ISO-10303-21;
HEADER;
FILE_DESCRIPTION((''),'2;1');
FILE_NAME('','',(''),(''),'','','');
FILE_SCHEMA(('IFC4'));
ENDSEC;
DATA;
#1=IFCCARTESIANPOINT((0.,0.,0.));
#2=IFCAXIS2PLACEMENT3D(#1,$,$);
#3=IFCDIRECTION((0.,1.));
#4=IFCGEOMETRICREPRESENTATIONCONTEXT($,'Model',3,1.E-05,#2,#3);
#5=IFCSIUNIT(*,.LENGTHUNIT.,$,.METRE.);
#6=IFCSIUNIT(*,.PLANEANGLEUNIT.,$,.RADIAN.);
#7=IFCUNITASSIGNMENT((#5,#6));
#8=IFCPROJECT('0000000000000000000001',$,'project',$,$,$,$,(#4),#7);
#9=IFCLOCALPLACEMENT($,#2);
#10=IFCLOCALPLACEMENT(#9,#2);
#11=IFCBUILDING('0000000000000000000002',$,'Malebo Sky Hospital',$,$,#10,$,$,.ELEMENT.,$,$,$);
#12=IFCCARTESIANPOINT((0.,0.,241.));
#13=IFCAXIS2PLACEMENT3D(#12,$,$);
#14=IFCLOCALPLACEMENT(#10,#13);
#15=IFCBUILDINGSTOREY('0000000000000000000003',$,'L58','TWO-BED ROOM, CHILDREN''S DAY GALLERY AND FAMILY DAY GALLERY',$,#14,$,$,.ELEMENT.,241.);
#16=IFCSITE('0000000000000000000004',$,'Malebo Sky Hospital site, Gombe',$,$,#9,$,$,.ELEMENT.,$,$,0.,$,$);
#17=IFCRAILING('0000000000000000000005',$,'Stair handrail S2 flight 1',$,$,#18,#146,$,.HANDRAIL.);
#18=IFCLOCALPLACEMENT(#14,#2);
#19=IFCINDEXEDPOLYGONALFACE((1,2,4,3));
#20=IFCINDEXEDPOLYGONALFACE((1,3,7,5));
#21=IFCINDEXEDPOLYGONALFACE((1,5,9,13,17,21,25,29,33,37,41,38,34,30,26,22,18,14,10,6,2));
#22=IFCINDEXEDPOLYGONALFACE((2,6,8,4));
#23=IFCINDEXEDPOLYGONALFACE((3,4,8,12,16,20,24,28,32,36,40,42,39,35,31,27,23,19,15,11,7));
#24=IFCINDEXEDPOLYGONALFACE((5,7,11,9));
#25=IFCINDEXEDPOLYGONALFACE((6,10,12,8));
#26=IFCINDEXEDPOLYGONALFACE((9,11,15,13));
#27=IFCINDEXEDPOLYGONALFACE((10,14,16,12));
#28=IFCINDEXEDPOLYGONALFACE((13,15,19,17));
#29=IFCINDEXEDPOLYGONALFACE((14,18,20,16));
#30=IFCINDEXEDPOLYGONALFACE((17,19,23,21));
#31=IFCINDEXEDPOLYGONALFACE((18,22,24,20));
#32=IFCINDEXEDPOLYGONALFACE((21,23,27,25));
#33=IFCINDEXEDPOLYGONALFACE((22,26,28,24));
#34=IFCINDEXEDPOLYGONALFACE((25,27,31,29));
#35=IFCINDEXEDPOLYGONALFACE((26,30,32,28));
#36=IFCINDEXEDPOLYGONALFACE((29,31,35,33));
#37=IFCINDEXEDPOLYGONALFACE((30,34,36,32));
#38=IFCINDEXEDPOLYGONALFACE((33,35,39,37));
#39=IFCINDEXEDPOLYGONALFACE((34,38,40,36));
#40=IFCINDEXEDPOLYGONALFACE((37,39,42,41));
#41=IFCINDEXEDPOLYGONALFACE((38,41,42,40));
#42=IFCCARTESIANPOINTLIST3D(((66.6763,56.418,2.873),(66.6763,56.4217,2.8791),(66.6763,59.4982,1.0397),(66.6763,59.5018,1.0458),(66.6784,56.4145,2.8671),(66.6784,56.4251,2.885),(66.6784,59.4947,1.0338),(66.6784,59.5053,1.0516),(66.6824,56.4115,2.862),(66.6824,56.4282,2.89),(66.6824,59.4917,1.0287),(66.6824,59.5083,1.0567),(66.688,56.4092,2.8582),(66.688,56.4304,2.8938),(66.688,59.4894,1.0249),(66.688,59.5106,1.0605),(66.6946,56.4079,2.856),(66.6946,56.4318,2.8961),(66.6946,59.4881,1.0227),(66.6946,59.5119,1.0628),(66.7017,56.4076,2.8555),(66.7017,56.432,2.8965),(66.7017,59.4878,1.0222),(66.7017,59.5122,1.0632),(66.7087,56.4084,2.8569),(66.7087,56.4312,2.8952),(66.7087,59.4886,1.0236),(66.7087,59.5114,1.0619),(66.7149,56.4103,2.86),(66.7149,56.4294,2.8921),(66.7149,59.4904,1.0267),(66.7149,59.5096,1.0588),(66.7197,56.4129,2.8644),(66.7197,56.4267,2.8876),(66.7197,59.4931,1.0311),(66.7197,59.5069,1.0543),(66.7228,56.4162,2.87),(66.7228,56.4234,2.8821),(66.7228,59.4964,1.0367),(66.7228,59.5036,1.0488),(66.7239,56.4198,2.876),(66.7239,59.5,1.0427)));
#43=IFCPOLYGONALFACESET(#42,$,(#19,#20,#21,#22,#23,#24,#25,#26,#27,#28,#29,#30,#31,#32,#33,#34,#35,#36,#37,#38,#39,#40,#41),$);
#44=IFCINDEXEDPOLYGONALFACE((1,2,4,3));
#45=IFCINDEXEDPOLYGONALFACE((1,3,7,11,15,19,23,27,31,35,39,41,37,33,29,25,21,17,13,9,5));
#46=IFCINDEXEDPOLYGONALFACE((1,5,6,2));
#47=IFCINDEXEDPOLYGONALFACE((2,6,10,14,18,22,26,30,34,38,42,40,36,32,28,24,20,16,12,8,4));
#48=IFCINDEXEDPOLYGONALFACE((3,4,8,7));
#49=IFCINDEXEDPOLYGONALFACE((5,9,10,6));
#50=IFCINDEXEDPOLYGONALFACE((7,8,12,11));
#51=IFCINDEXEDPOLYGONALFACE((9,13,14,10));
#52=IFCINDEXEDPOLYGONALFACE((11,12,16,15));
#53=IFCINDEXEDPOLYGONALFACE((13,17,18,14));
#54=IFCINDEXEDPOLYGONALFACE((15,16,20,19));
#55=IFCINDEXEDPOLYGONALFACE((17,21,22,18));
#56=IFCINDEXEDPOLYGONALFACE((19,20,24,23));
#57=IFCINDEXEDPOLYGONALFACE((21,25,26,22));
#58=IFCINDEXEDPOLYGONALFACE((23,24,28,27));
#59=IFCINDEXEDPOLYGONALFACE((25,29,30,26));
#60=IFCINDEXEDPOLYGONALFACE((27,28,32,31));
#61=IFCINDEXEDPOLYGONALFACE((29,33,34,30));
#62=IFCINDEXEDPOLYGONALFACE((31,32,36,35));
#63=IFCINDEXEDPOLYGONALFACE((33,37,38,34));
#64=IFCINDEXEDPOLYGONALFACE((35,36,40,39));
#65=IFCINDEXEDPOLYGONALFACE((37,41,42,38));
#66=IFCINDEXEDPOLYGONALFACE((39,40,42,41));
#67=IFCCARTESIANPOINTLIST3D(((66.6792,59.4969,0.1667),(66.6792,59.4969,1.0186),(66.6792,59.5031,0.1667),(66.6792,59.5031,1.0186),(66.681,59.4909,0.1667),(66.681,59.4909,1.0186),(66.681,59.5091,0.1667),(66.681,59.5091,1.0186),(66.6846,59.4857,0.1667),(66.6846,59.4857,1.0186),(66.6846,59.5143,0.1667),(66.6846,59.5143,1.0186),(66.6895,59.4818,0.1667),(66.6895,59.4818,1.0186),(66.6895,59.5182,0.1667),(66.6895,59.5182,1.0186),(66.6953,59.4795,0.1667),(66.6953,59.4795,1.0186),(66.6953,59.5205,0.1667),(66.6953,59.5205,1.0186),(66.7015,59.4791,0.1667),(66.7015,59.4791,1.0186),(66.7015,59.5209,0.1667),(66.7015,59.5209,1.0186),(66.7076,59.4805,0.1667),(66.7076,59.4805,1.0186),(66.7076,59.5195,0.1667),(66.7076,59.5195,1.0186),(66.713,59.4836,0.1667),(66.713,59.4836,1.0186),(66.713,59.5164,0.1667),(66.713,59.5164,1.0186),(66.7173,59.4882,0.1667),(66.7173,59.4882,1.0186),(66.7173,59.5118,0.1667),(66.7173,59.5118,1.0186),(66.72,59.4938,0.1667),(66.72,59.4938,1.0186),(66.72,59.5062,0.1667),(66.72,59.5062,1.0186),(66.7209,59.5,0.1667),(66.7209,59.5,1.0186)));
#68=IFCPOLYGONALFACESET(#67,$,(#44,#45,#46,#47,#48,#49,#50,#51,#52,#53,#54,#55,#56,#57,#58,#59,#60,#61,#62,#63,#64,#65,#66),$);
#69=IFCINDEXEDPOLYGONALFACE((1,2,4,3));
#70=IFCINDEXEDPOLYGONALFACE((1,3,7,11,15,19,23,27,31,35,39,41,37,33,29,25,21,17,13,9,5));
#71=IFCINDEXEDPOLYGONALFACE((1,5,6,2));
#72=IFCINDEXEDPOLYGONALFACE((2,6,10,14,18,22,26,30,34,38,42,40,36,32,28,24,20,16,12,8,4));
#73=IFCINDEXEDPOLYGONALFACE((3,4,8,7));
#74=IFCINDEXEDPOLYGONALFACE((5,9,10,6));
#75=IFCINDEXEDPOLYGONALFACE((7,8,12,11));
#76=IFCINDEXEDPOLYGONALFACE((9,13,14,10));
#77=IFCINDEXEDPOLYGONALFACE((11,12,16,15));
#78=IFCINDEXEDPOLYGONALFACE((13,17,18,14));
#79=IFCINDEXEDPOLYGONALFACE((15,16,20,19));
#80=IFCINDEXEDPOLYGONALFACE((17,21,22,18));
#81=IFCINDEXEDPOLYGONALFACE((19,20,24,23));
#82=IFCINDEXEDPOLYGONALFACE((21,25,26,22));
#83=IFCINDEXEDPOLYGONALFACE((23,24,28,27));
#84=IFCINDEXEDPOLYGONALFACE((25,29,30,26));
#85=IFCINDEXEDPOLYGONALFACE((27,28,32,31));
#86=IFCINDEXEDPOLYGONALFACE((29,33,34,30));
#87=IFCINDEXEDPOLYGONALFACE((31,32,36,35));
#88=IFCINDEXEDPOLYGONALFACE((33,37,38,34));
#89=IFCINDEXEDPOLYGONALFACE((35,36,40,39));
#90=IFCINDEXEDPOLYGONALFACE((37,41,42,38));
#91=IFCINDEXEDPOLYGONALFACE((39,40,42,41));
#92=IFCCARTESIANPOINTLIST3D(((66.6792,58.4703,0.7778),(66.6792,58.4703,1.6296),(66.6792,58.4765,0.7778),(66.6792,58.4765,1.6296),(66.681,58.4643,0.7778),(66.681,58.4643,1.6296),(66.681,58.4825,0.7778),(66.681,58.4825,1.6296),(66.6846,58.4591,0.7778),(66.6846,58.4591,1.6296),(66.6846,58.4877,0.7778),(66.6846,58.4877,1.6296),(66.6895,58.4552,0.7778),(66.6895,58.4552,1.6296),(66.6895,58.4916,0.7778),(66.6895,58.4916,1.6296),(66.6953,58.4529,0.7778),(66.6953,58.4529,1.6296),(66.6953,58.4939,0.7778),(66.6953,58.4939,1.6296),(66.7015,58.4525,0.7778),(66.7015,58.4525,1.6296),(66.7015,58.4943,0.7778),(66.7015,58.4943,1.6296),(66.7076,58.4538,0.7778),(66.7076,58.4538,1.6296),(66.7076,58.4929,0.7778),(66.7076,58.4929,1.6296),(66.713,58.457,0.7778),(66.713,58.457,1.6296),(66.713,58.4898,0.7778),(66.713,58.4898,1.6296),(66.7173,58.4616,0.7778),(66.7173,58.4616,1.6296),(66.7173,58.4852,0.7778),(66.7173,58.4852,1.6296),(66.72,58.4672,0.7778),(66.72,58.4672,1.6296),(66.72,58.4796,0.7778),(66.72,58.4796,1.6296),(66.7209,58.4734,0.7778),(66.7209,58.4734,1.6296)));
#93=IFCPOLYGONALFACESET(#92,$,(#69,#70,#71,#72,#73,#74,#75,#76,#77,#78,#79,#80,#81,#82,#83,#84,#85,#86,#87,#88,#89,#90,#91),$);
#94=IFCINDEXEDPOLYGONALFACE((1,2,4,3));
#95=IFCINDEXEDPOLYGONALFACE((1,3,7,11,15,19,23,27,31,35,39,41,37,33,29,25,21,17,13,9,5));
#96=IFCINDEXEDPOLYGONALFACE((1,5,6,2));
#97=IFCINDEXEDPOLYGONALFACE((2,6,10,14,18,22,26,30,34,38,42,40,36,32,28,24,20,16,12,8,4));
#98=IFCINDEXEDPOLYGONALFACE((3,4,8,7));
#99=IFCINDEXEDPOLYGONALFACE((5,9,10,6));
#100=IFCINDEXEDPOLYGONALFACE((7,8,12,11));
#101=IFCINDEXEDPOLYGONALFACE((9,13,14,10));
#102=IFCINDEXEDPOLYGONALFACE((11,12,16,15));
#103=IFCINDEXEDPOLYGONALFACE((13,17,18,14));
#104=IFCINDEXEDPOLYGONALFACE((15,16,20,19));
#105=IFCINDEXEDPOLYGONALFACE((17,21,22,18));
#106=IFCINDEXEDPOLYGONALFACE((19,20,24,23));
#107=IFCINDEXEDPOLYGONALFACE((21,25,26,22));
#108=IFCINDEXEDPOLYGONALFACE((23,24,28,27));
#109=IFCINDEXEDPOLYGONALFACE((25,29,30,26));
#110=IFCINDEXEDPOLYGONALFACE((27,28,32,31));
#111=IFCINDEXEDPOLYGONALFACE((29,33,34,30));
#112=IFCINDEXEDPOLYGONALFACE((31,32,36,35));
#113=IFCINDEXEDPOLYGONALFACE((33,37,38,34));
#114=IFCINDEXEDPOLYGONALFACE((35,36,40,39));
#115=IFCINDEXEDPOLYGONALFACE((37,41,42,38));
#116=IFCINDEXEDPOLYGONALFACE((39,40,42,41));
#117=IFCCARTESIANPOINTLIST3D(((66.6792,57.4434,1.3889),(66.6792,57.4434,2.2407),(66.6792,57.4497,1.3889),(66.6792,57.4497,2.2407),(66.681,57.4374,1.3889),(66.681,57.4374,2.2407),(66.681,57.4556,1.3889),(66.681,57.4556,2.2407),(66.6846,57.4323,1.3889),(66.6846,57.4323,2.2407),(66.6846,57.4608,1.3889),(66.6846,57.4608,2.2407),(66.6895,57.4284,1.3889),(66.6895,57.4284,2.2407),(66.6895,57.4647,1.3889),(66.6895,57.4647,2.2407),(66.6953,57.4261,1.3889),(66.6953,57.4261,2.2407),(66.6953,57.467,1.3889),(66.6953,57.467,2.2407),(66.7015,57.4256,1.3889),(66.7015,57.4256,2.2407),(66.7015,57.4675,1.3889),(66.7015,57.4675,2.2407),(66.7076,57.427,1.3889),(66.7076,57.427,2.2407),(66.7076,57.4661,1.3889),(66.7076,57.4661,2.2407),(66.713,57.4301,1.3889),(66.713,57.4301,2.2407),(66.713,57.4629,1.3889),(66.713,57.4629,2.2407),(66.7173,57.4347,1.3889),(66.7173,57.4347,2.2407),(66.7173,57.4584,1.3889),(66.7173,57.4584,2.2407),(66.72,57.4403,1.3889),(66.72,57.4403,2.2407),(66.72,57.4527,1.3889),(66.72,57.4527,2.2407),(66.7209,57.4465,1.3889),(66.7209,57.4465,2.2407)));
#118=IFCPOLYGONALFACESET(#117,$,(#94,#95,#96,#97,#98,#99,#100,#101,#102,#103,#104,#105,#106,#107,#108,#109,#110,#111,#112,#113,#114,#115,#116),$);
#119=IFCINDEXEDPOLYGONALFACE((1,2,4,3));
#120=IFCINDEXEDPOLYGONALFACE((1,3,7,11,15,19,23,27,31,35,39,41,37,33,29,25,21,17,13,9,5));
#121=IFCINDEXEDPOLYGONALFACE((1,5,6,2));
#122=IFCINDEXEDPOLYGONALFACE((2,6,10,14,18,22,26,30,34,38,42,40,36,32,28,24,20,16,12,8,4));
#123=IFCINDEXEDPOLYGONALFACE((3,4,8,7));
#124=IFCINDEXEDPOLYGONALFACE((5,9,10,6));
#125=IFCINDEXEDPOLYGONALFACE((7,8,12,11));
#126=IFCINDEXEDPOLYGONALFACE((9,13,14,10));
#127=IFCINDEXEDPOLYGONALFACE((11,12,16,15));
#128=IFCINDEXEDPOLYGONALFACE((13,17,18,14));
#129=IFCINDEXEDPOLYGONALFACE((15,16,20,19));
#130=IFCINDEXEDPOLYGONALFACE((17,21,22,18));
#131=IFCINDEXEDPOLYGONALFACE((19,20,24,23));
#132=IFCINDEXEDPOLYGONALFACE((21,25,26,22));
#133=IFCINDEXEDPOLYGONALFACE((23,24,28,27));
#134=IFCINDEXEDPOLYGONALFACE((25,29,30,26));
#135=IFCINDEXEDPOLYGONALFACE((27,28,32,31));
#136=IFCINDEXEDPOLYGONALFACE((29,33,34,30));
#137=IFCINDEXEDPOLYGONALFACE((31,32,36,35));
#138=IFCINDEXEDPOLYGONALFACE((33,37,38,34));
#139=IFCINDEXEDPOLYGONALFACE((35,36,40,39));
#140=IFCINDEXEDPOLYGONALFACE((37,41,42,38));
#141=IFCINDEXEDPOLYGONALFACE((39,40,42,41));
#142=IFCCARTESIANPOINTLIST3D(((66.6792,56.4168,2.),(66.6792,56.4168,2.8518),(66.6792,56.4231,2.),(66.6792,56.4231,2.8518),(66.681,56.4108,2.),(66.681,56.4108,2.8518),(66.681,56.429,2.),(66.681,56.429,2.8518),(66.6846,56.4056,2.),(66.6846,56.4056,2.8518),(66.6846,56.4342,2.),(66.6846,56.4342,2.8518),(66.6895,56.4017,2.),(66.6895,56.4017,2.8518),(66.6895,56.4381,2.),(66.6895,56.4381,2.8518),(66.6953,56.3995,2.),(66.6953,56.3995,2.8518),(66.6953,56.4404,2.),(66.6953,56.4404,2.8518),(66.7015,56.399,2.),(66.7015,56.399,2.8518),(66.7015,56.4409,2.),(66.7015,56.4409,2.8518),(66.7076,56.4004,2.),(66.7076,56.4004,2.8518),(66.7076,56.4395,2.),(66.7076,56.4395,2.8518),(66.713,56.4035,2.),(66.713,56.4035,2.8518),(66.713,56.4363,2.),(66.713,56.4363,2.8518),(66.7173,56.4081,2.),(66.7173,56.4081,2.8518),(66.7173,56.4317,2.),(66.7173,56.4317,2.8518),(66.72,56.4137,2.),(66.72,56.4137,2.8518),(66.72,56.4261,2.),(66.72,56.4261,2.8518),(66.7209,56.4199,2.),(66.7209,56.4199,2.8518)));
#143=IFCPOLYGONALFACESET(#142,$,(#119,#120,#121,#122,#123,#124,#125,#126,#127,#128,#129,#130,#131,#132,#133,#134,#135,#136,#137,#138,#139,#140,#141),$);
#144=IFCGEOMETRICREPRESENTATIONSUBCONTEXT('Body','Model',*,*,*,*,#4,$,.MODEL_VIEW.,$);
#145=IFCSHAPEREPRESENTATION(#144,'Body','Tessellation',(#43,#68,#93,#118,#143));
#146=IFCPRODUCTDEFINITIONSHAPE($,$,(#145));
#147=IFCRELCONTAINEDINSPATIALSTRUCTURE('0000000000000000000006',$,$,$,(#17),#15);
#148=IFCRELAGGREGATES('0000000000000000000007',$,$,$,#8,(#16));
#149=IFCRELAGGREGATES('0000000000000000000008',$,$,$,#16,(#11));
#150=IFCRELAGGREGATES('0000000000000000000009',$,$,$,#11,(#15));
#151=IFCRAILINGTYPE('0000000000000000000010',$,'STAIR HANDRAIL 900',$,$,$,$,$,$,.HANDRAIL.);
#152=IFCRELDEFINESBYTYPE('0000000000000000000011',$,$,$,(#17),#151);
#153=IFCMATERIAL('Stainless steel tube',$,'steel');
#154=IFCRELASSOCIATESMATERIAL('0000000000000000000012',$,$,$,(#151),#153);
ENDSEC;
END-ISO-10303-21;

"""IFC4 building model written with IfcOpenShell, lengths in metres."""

from ifc_helpers import new_model, si_unit, direction, frame, origin, origin_2d, place, context, subcontext, project, spatial, circle, extrude, material, type_object, element, save


model = new_model("IFC4")

# Units and contexts
model_context = context("Model", 3, precision=1e-05, world=origin(), true_north=direction((0.0, 1.0)))
body_context = subcontext(model_context, "Body", "Model", "MODEL_VIEW")
ifc_project = project(units=[si_unit("LENGTHUNIT", "METRE"), si_unit("PLANEANGLEUNIT", "RADIAN")], contexts=[model_context])

# Site, building, storey
site_placement = place(None, origin())
site = spatial("IfcSite", under=ifc_project, at=site_placement, Name="Malebo Sky Hospital site, Gombe", CompositionType="ELEMENT", RefElevation=0.0)
building_placement = place(site_placement, origin())
building = spatial("IfcBuilding", under=site, at=building_placement, Name="Malebo Sky Hospital", CompositionType="ELEMENT")
storey_placement = place(building_placement, frame((0.0, 0.0, 241.0)))
storey = spatial("IfcBuildingStorey", under=building, at=storey_placement, Name="L58", Description="TWO-BED ROOM, CHILDREN'S DAY GALLERY AND FAMILY DAY GALLERY", CompositionType="ELEMENT", Elevation=241.0)

# Railing
ifc_material_1 = material(Name="Stainless steel tube", Category="steel")
railing_type = type_object("IfcRailingType", Name="STAIR HANDRAIL 900", PredefinedType="HANDRAIL", material=ifc_material_1)
railing_1_placement = place(storey_placement, frame((66.7, 59.5, 0.1667)))
element("IfcRailing", 1, at=railing_1_placement, inside=storey, type_object=railing_type, Name="Stair handrail S2 flight 1", PredefinedType="HANDRAIL", context=body_context, shape_type="SweptSolid", body=[
    extrude(circle(Radius=0.0239, at=origin_2d()), frame((0.0, 0.0, 0.876), z_axis=(0.0, -0.859309, 0.511458), x_axis=(1.0, 0.0, 0.0)), (0.0, 0.0, 1.0), 3.5845),
    extrude(circle(Radius=0.021, at=origin_2d()), origin(), (0.0, 0.0, 1.0), 0.8518),
    extrude(circle(Radius=0.021, at=origin_2d()), frame((0.0, -1.0266, 0.6111)), (0.0, 0.0, 1.0), 0.8518),
    extrude(circle(Radius=0.021, at=origin_2d()), frame((0.0, -2.0535, 1.2222)), (0.0, 0.0, 1.0), 0.8518),
    extrude(circle(Radius=0.021, at=origin_2d()), frame((0.0, -3.0801, 1.8333)), (0.0, 0.0, 1.0), 0.8518),
])

save(model, "model.ifc")
